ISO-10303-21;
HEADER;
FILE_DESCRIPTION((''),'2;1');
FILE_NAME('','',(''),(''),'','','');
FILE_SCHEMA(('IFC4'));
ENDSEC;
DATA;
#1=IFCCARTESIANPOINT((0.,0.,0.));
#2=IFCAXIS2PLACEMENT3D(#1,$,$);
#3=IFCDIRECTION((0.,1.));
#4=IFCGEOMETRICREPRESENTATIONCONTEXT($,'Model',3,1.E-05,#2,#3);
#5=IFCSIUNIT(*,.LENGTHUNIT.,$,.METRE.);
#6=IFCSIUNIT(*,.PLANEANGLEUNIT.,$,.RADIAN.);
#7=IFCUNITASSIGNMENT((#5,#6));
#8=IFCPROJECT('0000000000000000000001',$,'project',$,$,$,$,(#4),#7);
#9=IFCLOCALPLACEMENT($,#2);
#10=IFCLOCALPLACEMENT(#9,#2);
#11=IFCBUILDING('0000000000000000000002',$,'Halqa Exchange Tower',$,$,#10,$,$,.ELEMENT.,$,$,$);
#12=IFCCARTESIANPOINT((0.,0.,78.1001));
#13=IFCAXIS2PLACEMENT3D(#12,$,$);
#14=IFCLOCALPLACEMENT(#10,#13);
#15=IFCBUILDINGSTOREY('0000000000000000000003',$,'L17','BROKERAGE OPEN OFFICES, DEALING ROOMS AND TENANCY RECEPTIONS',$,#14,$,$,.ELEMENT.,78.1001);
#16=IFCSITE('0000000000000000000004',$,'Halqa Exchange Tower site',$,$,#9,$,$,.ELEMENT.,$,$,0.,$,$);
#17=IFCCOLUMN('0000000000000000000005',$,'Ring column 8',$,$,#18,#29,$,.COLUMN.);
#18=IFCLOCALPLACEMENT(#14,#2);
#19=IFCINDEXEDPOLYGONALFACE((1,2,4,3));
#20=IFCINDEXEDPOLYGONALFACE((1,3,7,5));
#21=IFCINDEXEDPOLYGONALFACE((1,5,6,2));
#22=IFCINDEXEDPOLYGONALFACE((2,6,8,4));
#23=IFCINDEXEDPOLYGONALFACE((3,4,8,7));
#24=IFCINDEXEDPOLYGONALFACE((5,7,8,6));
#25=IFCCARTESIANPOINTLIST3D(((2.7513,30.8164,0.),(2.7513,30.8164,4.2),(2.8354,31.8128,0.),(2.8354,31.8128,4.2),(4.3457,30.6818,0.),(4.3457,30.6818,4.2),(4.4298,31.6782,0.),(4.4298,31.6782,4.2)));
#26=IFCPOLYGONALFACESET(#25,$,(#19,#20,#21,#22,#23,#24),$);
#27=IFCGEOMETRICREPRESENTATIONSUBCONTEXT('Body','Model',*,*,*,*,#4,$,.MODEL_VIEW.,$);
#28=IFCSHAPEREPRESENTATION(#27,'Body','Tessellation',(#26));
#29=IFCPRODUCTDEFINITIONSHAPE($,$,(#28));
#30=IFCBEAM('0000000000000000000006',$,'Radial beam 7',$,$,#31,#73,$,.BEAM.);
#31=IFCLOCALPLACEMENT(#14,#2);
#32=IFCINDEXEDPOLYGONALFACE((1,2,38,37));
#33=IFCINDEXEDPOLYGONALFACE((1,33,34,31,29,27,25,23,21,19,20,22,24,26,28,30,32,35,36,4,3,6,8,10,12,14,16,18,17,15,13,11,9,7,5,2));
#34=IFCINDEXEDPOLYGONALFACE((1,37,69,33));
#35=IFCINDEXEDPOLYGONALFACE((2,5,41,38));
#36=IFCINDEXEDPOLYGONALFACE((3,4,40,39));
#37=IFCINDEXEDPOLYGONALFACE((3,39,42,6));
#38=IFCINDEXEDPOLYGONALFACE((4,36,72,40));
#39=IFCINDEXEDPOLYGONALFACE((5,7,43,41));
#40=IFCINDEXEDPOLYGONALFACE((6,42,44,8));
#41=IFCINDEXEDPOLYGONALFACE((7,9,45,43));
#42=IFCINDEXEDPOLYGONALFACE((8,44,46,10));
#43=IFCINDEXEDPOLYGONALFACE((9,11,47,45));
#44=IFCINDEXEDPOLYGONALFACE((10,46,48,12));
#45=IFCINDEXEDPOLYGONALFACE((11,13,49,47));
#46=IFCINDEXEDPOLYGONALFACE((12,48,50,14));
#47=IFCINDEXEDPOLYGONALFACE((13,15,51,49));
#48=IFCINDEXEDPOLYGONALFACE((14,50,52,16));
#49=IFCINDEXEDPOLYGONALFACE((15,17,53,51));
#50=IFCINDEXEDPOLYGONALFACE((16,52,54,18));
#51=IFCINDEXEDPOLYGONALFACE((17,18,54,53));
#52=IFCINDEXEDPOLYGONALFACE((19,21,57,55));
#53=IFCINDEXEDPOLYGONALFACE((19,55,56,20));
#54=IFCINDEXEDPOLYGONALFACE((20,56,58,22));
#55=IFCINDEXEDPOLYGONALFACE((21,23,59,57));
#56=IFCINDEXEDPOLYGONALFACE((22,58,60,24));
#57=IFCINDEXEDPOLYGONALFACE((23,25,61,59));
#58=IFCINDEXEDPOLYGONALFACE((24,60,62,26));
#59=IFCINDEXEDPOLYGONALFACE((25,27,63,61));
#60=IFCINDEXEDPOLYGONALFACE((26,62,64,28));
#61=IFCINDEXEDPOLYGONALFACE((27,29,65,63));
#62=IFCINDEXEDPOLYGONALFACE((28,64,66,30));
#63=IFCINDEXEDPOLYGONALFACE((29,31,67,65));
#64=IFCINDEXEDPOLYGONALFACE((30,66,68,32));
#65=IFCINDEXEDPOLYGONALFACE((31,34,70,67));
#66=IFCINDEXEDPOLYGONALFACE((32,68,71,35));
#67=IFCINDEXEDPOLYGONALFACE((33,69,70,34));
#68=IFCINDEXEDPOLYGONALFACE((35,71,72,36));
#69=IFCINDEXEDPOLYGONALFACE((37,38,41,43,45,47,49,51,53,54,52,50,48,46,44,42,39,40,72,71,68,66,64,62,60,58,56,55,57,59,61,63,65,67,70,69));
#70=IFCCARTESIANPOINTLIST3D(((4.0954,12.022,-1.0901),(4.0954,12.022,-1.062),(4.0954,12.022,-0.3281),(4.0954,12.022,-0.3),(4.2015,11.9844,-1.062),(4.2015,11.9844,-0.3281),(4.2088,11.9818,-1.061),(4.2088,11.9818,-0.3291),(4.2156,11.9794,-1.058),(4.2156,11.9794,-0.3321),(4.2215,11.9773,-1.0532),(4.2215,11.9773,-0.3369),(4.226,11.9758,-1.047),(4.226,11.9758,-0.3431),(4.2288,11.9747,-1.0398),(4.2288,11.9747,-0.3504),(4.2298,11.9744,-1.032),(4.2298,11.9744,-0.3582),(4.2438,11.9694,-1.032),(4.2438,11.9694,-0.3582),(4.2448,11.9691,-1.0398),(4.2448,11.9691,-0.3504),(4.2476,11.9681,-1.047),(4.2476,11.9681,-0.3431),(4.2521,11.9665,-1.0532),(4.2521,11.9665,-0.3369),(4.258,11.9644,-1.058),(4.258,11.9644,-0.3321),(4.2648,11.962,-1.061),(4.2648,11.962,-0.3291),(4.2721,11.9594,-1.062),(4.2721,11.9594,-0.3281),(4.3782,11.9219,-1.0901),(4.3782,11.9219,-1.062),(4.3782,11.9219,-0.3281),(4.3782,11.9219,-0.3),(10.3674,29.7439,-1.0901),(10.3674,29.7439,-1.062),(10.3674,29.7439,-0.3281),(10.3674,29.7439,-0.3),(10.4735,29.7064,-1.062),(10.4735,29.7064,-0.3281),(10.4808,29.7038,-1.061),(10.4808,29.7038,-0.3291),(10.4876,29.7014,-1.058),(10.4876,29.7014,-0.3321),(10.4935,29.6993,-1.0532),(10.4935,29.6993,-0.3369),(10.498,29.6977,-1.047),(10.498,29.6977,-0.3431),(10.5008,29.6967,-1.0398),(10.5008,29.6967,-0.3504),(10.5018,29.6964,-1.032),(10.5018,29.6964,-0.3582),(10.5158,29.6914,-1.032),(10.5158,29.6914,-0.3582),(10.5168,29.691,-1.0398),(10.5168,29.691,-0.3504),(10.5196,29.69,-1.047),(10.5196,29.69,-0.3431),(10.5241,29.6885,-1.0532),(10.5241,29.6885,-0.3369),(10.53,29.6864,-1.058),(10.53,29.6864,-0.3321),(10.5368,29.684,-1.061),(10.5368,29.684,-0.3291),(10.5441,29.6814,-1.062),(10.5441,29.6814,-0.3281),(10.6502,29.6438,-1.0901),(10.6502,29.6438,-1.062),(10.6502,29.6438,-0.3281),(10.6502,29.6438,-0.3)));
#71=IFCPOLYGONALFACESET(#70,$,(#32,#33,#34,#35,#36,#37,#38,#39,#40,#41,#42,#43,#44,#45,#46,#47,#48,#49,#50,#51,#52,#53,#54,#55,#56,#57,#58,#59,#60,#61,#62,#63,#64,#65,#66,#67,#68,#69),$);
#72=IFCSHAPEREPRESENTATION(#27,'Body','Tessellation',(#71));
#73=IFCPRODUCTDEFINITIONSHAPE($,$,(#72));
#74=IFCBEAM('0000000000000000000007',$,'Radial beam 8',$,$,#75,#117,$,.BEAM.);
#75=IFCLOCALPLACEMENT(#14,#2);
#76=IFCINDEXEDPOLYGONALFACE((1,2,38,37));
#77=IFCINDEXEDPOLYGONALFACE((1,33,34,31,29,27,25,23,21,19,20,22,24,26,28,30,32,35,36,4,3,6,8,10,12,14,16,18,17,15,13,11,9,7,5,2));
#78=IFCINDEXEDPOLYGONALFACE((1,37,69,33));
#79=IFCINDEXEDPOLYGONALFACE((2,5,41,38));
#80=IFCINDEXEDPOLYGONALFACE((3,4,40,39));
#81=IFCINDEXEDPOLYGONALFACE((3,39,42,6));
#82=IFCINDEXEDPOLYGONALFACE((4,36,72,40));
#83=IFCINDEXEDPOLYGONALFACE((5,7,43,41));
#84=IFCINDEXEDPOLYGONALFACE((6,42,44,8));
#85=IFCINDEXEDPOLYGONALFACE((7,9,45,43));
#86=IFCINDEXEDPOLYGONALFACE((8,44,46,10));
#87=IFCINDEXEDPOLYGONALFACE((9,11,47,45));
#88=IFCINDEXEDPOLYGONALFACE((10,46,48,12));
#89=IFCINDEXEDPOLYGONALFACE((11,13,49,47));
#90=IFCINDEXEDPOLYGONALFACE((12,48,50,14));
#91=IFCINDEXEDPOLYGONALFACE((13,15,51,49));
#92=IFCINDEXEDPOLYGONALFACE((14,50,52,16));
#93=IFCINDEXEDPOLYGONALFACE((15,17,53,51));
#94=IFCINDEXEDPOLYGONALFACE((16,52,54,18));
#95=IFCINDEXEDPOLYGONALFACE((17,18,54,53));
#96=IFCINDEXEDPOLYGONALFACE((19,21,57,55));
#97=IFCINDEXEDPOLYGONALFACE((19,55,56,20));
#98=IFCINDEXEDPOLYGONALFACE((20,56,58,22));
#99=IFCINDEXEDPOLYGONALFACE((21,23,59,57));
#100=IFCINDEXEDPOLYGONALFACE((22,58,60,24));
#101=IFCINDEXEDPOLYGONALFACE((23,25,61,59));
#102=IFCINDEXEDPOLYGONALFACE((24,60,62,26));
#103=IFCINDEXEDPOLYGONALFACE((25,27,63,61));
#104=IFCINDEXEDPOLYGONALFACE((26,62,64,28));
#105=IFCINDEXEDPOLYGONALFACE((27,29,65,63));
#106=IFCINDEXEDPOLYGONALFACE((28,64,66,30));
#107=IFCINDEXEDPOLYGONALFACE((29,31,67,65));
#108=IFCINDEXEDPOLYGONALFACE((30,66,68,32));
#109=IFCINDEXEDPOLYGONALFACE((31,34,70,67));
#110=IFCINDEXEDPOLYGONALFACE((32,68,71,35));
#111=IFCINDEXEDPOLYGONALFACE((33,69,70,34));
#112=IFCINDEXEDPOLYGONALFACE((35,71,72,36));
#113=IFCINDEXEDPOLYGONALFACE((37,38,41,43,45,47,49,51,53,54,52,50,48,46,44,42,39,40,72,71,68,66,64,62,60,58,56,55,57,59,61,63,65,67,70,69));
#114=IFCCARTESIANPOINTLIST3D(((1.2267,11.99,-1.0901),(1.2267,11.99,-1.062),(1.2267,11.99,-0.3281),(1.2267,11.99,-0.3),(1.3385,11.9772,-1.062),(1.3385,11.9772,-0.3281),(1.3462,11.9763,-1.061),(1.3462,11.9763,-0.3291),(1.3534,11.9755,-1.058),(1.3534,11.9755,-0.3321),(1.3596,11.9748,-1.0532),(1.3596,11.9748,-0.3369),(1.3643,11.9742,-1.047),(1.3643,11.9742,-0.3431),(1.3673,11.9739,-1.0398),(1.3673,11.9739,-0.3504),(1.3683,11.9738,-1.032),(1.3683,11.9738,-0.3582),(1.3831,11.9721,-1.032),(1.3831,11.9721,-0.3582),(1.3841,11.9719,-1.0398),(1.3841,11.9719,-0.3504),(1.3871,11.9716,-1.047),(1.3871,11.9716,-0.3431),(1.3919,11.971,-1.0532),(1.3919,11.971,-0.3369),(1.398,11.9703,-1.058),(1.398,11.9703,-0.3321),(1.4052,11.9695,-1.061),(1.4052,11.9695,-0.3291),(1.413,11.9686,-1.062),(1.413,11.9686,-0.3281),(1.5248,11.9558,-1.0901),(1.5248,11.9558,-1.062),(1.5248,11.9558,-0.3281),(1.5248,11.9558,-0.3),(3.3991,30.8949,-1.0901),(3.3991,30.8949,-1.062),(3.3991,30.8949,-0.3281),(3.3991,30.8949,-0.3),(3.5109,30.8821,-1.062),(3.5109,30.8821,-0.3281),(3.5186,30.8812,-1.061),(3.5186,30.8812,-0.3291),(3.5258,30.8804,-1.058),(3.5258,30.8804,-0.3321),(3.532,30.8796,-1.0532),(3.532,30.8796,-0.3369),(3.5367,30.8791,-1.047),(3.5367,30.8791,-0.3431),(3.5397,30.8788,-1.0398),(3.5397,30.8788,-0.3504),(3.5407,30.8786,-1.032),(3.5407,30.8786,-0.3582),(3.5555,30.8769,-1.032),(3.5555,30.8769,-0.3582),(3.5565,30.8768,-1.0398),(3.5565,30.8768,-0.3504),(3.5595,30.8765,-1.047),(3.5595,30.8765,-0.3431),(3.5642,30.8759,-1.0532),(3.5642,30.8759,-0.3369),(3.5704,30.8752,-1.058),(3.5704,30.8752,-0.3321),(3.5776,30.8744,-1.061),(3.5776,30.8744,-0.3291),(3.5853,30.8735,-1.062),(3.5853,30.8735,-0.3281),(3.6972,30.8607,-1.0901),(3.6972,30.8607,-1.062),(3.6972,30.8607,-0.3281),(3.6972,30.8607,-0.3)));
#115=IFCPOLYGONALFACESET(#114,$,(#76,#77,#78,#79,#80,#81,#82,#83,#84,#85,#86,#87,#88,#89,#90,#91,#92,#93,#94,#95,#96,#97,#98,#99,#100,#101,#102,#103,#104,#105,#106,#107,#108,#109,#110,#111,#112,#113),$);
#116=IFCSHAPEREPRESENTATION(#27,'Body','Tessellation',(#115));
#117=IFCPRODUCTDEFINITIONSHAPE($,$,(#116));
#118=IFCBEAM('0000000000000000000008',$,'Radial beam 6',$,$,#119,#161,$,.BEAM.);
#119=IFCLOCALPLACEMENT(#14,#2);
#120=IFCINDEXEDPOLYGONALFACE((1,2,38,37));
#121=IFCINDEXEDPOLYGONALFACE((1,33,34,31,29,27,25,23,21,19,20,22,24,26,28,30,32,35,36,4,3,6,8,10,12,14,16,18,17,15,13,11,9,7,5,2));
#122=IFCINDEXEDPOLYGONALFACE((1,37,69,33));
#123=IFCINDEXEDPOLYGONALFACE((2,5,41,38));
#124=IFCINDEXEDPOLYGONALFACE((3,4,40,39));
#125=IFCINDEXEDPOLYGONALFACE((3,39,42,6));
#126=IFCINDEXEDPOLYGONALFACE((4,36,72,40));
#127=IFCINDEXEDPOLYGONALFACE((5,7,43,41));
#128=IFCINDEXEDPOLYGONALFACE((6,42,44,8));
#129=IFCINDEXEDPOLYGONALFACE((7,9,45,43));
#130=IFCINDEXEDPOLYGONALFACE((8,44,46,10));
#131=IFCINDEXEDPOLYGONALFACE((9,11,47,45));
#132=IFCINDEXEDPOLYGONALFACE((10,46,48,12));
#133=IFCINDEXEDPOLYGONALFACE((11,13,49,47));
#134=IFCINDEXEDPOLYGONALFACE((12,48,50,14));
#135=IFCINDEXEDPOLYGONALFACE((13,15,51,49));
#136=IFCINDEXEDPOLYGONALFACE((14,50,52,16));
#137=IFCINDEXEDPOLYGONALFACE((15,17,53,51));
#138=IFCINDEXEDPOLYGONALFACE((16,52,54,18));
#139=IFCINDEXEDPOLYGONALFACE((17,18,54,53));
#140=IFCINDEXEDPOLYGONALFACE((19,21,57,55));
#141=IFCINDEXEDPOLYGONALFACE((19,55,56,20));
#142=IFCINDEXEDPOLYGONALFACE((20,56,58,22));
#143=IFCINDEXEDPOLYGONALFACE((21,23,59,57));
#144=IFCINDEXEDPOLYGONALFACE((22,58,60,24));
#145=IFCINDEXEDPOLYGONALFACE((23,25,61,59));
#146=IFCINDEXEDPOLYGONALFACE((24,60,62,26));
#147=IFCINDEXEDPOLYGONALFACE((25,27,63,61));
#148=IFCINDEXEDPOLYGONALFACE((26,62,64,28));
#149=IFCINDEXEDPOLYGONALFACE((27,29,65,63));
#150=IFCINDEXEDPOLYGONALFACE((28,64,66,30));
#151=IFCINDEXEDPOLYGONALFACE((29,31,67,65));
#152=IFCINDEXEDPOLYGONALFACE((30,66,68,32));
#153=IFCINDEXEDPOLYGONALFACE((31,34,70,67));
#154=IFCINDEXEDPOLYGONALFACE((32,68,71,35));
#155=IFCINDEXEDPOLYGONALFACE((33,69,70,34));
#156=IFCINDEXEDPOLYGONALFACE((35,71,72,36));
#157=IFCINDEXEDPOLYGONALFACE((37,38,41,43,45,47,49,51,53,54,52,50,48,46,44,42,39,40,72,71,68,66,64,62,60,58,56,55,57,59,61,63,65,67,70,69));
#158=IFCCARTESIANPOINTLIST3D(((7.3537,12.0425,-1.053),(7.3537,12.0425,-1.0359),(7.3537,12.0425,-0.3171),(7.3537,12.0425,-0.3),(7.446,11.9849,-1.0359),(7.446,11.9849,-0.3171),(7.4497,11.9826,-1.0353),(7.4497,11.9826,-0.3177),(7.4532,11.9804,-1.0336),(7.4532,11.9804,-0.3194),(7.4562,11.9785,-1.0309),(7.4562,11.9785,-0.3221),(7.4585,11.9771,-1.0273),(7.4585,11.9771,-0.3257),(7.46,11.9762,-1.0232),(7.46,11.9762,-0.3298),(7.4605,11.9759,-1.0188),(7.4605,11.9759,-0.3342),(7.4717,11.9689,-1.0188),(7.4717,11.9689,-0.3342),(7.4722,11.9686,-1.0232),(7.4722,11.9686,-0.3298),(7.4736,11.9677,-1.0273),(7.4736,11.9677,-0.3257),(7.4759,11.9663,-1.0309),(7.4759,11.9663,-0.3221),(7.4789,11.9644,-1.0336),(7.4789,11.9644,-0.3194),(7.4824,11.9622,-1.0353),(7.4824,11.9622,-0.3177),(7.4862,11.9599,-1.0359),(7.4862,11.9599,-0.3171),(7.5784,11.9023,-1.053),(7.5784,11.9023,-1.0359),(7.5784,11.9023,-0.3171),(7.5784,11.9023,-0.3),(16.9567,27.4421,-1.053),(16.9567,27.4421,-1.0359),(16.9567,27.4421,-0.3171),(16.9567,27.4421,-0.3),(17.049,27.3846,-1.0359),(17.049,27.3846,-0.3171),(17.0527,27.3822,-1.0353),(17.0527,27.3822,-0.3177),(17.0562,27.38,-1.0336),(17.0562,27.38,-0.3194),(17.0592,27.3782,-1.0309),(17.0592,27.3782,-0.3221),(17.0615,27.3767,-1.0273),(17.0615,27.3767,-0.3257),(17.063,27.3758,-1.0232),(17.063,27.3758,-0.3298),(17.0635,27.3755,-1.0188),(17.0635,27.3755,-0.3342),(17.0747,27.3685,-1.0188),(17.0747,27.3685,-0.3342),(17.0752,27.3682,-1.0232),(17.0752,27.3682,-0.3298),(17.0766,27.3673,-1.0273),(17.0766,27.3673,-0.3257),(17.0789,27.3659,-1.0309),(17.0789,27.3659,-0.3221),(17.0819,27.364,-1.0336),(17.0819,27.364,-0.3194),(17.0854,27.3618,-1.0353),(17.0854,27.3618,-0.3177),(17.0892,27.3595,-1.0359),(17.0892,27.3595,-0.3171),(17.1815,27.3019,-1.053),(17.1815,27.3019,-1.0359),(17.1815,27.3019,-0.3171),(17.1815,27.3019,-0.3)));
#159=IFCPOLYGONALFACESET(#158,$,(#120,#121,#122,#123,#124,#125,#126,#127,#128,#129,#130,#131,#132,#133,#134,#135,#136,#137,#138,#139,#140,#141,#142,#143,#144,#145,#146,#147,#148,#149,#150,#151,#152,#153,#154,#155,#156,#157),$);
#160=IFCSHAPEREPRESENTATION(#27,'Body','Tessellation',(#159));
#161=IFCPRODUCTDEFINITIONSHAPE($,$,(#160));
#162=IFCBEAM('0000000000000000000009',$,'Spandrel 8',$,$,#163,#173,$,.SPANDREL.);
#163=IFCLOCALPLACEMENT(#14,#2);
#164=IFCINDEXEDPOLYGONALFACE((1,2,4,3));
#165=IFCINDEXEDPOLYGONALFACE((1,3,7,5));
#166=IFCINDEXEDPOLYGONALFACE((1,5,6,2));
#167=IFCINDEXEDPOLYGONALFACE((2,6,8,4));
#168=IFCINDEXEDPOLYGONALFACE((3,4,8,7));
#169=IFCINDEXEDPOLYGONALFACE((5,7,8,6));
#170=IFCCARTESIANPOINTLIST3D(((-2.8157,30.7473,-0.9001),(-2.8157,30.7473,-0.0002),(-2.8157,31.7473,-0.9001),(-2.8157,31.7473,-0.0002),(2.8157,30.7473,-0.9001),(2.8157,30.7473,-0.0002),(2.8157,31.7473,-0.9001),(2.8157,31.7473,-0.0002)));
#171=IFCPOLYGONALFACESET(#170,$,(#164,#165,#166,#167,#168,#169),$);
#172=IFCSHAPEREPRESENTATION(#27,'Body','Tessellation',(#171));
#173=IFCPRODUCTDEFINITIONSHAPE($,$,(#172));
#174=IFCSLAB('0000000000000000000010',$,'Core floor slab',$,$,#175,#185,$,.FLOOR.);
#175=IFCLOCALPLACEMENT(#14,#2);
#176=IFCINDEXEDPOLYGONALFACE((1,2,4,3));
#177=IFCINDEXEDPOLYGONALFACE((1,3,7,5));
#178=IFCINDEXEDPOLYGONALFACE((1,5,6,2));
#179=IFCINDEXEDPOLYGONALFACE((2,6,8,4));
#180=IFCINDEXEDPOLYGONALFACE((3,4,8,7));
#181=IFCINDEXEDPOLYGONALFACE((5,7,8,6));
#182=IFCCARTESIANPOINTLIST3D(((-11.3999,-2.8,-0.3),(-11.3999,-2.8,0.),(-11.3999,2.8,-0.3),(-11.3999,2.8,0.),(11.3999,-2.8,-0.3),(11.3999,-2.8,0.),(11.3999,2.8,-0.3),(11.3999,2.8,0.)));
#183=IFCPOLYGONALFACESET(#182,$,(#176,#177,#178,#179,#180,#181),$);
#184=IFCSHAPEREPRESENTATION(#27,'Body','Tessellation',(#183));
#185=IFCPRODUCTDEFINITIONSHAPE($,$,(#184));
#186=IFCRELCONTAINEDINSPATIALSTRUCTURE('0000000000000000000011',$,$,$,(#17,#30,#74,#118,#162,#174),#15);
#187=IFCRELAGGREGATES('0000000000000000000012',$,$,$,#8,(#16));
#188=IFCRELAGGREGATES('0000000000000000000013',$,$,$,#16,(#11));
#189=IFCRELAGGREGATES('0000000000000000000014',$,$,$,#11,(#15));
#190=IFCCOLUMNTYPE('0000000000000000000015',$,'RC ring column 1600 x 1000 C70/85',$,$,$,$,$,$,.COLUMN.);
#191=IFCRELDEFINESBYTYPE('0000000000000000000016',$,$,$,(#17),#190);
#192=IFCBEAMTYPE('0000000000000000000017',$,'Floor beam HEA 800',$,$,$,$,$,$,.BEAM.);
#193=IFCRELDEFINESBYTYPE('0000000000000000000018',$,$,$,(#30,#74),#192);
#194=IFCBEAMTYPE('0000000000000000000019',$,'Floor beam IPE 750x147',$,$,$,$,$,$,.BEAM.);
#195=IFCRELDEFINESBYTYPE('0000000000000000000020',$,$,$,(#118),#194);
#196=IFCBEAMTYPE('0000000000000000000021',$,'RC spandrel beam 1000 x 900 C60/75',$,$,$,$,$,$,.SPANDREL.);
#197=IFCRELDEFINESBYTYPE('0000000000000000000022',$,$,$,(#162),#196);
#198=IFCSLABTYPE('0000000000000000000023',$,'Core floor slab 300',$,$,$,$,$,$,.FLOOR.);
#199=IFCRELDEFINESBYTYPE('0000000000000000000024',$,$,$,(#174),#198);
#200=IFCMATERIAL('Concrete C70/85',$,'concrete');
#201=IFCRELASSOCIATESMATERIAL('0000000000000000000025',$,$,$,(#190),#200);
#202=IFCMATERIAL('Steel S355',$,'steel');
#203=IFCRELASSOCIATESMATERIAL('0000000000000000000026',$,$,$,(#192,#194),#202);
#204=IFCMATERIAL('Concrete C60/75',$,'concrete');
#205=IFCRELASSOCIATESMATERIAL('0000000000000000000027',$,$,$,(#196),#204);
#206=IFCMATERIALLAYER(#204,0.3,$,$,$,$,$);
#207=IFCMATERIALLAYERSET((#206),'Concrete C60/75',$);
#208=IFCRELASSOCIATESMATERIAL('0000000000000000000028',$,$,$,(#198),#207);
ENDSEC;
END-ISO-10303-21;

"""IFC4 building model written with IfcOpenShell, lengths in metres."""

from ifc_helpers import new_model, si_unit, direction, frame, origin, origin_2d, place, context, subcontext, project, spatial, polyline, rectangle, i_section, outline, extrude, material, layer, layer_set, material_profile, profile_set, type_object, element, save


model = new_model("IFC4")

# Units and contexts
model_context = context("Model", 3, precision=1e-05, world=origin(), true_north=direction((0.0, 1.0)))
body_context = subcontext(model_context, "Body", "Model", "MODEL_VIEW")
ifc_project = project(units=[si_unit("LENGTHUNIT", "METRE"), si_unit("PLANEANGLEUNIT", "RADIAN")], contexts=[model_context])

# Site, building, storey
site_placement = place(None, origin())
site = spatial("IfcSite", under=ifc_project, at=site_placement, Name="Halqa Exchange Tower site", CompositionType="ELEMENT", RefElevation=0.0)
building_placement = place(site_placement, origin())
building = spatial("IfcBuilding", under=site, at=building_placement, Name="Halqa Exchange Tower", CompositionType="ELEMENT")
storey_placement = place(building_placement, frame((0.0, 0.0, 78.1001)))
storey = spatial("IfcBuildingStorey", under=building, at=storey_placement, Name="L17", Description="BROKERAGE OPEN OFFICES, DEALING ROOMS AND TENANCY RECEPTIONS", CompositionType="ELEMENT", Elevation=78.1001)

# Column
ifc_material_1 = material(Name="Concrete C70/85", Category="concrete")
ifc_material_profile_1 = material_profile(ifc_material_1, rectangle(XDim=1.6001, YDim=1.0, at=origin_2d()), Name="1600 x 1000")
ifc_profile_set_1 = profile_set([ifc_material_profile_1], Name="Concrete C70/85")
column_type = type_object("IfcColumnType", Name="RC ring column 1600 x 1000 C70/85", PredefinedType="COLUMN", material=ifc_profile_set_1)
column_placement = place(storey_placement, frame((3.5906, 31.2473, 0.0), z_axis=(0.0, 0.0, 1.0), x_axis=(-0.996456, 0.084121, 0.0)))
element("IfcColumn", 1, at=column_placement, inside=storey, type_object=column_type, Name="Ring column 8", PredefinedType="COLUMN", context=body_context, shape_type="SweptSolid", body=[
    extrude(rectangle(XDim=1.6001, YDim=1.0, at=origin_2d()), origin(), (0.0, 0.0, 1.0), 4.2),
])

# Beams
ifc_material_2 = material(Name="Steel S355", Category="steel")
ifc_material_profile_2 = material_profile(ifc_material_2, i_section(OverallWidth=0.3, OverallDepth=0.79, WebThickness=0.0149, FlangeThickness=0.0281, FilletRadius=0.03, at=origin_2d()), Name="HEA 800")
ifc_profile_set_2 = profile_set([ifc_material_profile_2], Name="Steel S355")
beam_type_1 = type_object("IfcBeamType", Name="Floor beam HEA 800", PredefinedType="BEAM", material=ifc_profile_set_2)
beam_1_placement = place(storey_placement, frame((4.2368, 11.9719, -0.6951), z_axis=(0.333632, 0.942703, 0.0), x_axis=(-0.942703, 0.333632, 0.0)))
element("IfcBeam", 2, at=beam_1_placement, inside=storey, type_object=beam_type_1, Name="Radial beam 7", PredefinedType="BEAM", context=body_context, shape_type="SweptSolid", body=[
    extrude(i_section(OverallWidth=0.3, OverallDepth=0.79, WebThickness=0.0149, FlangeThickness=0.0281, FilletRadius=0.03, at=origin_2d()), origin(), (0.0, 0.0, 1.0), 18.7991),
])
beam_2_placement = place(storey_placement, frame((1.3757, 11.9729, -0.6951), z_axis=(0.11416, 0.993462, 0.0), x_axis=(-0.993462, 0.11416, 0.0)))
element("IfcBeam", 3, at=beam_2_placement, inside=storey, type_object=beam_type_1, Name="Radial beam 8", PredefinedType="BEAM", context=body_context, shape_type="SweptSolid", body=[
    extrude(i_section(OverallWidth=0.3, OverallDepth=0.79, WebThickness=0.0149, FlangeThickness=0.0281, FilletRadius=0.03, at=origin_2d()), origin(), (0.0, 0.0, 1.0), 19.0293),
])
ifc_material_profile_3 = material_profile(ifc_material_2, i_section(OverallWidth=0.2649, OverallDepth=0.7529, WebThickness=0.0132, FlangeThickness=0.0171, FilletRadius=0.0171, at=origin_2d()), Name="IPE 750x147")
ifc_profile_set_3 = profile_set([ifc_material_profile_3], Name="Steel S355")
beam_type_2 = type_object("IfcBeamType", Name="Floor beam IPE 750x147", PredefinedType="BEAM", material=ifc_profile_set_3)
beam_3_placement = place(storey_placement, frame((7.4661, 11.9724, -0.6765), z_axis=(0.529137, 0.848537, 0.0), x_axis=(-0.848537, 0.529137, 0.0)))
element("IfcBeam", 4, at=beam_3_placement, inside=storey, type_object=beam_type_2, Name="Radial beam 6", PredefinedType="BEAM", context=body_context, shape_type="SweptSolid", body=[
    extrude(i_section(OverallWidth=0.2649, OverallDepth=0.7529, WebThickness=0.0132, FlangeThickness=0.0171, FilletRadius=0.0171, at=origin_2d()), origin(), (0.0, 0.0, 1.0), 18.1484),
])
ifc_material_3 = material(Name="Concrete C60/75", Category="concrete")
ifc_material_profile_4 = material_profile(ifc_material_3, rectangle(XDim=1.0, YDim=0.8999, at=origin_2d()), Name="1000 x 900")
ifc_profile_set_4 = profile_set([ifc_material_profile_4], Name="Concrete C60/75")
beam_type_3 = type_object("IfcBeamType", Name="RC spandrel beam 1000 x 900 C60/75", PredefinedType="SPANDREL", material=ifc_profile_set_4)
beam_4_placement = place(storey_placement, frame((2.8157, 31.2473, -0.4502), z_axis=(-1.0, 0.0, 0.0), x_axis=(0.0, -1.0, 0.0)))
element("IfcBeam", 5, at=beam_4_placement, inside=storey, type_object=beam_type_3, Name="Spandrel 8", PredefinedType="SPANDREL", context=body_context, shape_type="SweptSolid", body=[
    extrude(rectangle(XDim=1.0, YDim=0.8999, at=origin_2d()), origin(), (0.0, 0.0, 1.0), 5.6313),
])

# Slab
ifc_layer_1 = layer(ifc_material_3, 0.3)
ifc_layer_set_1 = layer_set([ifc_layer_1], Name="Concrete C60/75")
slab_type_1 = type_object("IfcSlabType", Name="Core floor slab 300", PredefinedType="FLOOR", material=ifc_layer_set_1)
slab_1_placement = place(storey_placement, frame((0.0, 0.0, -0.3)))
element("IfcSlab", 6, at=slab_1_placement, inside=storey, type_object=slab_type_1, Name="Core floor slab", PredefinedType="FLOOR", context=body_context, shape_type="SweptSolid", body=[
    extrude(outline(polyline([(-11.3999, 2.8), (11.3999, 2.8), (11.3999, -2.8), (-11.3999, -2.8), (-11.3999, 2.8)])), origin(), (0.0, 0.0, 1.0), 0.3),
])

save(model, "model.ifc")
